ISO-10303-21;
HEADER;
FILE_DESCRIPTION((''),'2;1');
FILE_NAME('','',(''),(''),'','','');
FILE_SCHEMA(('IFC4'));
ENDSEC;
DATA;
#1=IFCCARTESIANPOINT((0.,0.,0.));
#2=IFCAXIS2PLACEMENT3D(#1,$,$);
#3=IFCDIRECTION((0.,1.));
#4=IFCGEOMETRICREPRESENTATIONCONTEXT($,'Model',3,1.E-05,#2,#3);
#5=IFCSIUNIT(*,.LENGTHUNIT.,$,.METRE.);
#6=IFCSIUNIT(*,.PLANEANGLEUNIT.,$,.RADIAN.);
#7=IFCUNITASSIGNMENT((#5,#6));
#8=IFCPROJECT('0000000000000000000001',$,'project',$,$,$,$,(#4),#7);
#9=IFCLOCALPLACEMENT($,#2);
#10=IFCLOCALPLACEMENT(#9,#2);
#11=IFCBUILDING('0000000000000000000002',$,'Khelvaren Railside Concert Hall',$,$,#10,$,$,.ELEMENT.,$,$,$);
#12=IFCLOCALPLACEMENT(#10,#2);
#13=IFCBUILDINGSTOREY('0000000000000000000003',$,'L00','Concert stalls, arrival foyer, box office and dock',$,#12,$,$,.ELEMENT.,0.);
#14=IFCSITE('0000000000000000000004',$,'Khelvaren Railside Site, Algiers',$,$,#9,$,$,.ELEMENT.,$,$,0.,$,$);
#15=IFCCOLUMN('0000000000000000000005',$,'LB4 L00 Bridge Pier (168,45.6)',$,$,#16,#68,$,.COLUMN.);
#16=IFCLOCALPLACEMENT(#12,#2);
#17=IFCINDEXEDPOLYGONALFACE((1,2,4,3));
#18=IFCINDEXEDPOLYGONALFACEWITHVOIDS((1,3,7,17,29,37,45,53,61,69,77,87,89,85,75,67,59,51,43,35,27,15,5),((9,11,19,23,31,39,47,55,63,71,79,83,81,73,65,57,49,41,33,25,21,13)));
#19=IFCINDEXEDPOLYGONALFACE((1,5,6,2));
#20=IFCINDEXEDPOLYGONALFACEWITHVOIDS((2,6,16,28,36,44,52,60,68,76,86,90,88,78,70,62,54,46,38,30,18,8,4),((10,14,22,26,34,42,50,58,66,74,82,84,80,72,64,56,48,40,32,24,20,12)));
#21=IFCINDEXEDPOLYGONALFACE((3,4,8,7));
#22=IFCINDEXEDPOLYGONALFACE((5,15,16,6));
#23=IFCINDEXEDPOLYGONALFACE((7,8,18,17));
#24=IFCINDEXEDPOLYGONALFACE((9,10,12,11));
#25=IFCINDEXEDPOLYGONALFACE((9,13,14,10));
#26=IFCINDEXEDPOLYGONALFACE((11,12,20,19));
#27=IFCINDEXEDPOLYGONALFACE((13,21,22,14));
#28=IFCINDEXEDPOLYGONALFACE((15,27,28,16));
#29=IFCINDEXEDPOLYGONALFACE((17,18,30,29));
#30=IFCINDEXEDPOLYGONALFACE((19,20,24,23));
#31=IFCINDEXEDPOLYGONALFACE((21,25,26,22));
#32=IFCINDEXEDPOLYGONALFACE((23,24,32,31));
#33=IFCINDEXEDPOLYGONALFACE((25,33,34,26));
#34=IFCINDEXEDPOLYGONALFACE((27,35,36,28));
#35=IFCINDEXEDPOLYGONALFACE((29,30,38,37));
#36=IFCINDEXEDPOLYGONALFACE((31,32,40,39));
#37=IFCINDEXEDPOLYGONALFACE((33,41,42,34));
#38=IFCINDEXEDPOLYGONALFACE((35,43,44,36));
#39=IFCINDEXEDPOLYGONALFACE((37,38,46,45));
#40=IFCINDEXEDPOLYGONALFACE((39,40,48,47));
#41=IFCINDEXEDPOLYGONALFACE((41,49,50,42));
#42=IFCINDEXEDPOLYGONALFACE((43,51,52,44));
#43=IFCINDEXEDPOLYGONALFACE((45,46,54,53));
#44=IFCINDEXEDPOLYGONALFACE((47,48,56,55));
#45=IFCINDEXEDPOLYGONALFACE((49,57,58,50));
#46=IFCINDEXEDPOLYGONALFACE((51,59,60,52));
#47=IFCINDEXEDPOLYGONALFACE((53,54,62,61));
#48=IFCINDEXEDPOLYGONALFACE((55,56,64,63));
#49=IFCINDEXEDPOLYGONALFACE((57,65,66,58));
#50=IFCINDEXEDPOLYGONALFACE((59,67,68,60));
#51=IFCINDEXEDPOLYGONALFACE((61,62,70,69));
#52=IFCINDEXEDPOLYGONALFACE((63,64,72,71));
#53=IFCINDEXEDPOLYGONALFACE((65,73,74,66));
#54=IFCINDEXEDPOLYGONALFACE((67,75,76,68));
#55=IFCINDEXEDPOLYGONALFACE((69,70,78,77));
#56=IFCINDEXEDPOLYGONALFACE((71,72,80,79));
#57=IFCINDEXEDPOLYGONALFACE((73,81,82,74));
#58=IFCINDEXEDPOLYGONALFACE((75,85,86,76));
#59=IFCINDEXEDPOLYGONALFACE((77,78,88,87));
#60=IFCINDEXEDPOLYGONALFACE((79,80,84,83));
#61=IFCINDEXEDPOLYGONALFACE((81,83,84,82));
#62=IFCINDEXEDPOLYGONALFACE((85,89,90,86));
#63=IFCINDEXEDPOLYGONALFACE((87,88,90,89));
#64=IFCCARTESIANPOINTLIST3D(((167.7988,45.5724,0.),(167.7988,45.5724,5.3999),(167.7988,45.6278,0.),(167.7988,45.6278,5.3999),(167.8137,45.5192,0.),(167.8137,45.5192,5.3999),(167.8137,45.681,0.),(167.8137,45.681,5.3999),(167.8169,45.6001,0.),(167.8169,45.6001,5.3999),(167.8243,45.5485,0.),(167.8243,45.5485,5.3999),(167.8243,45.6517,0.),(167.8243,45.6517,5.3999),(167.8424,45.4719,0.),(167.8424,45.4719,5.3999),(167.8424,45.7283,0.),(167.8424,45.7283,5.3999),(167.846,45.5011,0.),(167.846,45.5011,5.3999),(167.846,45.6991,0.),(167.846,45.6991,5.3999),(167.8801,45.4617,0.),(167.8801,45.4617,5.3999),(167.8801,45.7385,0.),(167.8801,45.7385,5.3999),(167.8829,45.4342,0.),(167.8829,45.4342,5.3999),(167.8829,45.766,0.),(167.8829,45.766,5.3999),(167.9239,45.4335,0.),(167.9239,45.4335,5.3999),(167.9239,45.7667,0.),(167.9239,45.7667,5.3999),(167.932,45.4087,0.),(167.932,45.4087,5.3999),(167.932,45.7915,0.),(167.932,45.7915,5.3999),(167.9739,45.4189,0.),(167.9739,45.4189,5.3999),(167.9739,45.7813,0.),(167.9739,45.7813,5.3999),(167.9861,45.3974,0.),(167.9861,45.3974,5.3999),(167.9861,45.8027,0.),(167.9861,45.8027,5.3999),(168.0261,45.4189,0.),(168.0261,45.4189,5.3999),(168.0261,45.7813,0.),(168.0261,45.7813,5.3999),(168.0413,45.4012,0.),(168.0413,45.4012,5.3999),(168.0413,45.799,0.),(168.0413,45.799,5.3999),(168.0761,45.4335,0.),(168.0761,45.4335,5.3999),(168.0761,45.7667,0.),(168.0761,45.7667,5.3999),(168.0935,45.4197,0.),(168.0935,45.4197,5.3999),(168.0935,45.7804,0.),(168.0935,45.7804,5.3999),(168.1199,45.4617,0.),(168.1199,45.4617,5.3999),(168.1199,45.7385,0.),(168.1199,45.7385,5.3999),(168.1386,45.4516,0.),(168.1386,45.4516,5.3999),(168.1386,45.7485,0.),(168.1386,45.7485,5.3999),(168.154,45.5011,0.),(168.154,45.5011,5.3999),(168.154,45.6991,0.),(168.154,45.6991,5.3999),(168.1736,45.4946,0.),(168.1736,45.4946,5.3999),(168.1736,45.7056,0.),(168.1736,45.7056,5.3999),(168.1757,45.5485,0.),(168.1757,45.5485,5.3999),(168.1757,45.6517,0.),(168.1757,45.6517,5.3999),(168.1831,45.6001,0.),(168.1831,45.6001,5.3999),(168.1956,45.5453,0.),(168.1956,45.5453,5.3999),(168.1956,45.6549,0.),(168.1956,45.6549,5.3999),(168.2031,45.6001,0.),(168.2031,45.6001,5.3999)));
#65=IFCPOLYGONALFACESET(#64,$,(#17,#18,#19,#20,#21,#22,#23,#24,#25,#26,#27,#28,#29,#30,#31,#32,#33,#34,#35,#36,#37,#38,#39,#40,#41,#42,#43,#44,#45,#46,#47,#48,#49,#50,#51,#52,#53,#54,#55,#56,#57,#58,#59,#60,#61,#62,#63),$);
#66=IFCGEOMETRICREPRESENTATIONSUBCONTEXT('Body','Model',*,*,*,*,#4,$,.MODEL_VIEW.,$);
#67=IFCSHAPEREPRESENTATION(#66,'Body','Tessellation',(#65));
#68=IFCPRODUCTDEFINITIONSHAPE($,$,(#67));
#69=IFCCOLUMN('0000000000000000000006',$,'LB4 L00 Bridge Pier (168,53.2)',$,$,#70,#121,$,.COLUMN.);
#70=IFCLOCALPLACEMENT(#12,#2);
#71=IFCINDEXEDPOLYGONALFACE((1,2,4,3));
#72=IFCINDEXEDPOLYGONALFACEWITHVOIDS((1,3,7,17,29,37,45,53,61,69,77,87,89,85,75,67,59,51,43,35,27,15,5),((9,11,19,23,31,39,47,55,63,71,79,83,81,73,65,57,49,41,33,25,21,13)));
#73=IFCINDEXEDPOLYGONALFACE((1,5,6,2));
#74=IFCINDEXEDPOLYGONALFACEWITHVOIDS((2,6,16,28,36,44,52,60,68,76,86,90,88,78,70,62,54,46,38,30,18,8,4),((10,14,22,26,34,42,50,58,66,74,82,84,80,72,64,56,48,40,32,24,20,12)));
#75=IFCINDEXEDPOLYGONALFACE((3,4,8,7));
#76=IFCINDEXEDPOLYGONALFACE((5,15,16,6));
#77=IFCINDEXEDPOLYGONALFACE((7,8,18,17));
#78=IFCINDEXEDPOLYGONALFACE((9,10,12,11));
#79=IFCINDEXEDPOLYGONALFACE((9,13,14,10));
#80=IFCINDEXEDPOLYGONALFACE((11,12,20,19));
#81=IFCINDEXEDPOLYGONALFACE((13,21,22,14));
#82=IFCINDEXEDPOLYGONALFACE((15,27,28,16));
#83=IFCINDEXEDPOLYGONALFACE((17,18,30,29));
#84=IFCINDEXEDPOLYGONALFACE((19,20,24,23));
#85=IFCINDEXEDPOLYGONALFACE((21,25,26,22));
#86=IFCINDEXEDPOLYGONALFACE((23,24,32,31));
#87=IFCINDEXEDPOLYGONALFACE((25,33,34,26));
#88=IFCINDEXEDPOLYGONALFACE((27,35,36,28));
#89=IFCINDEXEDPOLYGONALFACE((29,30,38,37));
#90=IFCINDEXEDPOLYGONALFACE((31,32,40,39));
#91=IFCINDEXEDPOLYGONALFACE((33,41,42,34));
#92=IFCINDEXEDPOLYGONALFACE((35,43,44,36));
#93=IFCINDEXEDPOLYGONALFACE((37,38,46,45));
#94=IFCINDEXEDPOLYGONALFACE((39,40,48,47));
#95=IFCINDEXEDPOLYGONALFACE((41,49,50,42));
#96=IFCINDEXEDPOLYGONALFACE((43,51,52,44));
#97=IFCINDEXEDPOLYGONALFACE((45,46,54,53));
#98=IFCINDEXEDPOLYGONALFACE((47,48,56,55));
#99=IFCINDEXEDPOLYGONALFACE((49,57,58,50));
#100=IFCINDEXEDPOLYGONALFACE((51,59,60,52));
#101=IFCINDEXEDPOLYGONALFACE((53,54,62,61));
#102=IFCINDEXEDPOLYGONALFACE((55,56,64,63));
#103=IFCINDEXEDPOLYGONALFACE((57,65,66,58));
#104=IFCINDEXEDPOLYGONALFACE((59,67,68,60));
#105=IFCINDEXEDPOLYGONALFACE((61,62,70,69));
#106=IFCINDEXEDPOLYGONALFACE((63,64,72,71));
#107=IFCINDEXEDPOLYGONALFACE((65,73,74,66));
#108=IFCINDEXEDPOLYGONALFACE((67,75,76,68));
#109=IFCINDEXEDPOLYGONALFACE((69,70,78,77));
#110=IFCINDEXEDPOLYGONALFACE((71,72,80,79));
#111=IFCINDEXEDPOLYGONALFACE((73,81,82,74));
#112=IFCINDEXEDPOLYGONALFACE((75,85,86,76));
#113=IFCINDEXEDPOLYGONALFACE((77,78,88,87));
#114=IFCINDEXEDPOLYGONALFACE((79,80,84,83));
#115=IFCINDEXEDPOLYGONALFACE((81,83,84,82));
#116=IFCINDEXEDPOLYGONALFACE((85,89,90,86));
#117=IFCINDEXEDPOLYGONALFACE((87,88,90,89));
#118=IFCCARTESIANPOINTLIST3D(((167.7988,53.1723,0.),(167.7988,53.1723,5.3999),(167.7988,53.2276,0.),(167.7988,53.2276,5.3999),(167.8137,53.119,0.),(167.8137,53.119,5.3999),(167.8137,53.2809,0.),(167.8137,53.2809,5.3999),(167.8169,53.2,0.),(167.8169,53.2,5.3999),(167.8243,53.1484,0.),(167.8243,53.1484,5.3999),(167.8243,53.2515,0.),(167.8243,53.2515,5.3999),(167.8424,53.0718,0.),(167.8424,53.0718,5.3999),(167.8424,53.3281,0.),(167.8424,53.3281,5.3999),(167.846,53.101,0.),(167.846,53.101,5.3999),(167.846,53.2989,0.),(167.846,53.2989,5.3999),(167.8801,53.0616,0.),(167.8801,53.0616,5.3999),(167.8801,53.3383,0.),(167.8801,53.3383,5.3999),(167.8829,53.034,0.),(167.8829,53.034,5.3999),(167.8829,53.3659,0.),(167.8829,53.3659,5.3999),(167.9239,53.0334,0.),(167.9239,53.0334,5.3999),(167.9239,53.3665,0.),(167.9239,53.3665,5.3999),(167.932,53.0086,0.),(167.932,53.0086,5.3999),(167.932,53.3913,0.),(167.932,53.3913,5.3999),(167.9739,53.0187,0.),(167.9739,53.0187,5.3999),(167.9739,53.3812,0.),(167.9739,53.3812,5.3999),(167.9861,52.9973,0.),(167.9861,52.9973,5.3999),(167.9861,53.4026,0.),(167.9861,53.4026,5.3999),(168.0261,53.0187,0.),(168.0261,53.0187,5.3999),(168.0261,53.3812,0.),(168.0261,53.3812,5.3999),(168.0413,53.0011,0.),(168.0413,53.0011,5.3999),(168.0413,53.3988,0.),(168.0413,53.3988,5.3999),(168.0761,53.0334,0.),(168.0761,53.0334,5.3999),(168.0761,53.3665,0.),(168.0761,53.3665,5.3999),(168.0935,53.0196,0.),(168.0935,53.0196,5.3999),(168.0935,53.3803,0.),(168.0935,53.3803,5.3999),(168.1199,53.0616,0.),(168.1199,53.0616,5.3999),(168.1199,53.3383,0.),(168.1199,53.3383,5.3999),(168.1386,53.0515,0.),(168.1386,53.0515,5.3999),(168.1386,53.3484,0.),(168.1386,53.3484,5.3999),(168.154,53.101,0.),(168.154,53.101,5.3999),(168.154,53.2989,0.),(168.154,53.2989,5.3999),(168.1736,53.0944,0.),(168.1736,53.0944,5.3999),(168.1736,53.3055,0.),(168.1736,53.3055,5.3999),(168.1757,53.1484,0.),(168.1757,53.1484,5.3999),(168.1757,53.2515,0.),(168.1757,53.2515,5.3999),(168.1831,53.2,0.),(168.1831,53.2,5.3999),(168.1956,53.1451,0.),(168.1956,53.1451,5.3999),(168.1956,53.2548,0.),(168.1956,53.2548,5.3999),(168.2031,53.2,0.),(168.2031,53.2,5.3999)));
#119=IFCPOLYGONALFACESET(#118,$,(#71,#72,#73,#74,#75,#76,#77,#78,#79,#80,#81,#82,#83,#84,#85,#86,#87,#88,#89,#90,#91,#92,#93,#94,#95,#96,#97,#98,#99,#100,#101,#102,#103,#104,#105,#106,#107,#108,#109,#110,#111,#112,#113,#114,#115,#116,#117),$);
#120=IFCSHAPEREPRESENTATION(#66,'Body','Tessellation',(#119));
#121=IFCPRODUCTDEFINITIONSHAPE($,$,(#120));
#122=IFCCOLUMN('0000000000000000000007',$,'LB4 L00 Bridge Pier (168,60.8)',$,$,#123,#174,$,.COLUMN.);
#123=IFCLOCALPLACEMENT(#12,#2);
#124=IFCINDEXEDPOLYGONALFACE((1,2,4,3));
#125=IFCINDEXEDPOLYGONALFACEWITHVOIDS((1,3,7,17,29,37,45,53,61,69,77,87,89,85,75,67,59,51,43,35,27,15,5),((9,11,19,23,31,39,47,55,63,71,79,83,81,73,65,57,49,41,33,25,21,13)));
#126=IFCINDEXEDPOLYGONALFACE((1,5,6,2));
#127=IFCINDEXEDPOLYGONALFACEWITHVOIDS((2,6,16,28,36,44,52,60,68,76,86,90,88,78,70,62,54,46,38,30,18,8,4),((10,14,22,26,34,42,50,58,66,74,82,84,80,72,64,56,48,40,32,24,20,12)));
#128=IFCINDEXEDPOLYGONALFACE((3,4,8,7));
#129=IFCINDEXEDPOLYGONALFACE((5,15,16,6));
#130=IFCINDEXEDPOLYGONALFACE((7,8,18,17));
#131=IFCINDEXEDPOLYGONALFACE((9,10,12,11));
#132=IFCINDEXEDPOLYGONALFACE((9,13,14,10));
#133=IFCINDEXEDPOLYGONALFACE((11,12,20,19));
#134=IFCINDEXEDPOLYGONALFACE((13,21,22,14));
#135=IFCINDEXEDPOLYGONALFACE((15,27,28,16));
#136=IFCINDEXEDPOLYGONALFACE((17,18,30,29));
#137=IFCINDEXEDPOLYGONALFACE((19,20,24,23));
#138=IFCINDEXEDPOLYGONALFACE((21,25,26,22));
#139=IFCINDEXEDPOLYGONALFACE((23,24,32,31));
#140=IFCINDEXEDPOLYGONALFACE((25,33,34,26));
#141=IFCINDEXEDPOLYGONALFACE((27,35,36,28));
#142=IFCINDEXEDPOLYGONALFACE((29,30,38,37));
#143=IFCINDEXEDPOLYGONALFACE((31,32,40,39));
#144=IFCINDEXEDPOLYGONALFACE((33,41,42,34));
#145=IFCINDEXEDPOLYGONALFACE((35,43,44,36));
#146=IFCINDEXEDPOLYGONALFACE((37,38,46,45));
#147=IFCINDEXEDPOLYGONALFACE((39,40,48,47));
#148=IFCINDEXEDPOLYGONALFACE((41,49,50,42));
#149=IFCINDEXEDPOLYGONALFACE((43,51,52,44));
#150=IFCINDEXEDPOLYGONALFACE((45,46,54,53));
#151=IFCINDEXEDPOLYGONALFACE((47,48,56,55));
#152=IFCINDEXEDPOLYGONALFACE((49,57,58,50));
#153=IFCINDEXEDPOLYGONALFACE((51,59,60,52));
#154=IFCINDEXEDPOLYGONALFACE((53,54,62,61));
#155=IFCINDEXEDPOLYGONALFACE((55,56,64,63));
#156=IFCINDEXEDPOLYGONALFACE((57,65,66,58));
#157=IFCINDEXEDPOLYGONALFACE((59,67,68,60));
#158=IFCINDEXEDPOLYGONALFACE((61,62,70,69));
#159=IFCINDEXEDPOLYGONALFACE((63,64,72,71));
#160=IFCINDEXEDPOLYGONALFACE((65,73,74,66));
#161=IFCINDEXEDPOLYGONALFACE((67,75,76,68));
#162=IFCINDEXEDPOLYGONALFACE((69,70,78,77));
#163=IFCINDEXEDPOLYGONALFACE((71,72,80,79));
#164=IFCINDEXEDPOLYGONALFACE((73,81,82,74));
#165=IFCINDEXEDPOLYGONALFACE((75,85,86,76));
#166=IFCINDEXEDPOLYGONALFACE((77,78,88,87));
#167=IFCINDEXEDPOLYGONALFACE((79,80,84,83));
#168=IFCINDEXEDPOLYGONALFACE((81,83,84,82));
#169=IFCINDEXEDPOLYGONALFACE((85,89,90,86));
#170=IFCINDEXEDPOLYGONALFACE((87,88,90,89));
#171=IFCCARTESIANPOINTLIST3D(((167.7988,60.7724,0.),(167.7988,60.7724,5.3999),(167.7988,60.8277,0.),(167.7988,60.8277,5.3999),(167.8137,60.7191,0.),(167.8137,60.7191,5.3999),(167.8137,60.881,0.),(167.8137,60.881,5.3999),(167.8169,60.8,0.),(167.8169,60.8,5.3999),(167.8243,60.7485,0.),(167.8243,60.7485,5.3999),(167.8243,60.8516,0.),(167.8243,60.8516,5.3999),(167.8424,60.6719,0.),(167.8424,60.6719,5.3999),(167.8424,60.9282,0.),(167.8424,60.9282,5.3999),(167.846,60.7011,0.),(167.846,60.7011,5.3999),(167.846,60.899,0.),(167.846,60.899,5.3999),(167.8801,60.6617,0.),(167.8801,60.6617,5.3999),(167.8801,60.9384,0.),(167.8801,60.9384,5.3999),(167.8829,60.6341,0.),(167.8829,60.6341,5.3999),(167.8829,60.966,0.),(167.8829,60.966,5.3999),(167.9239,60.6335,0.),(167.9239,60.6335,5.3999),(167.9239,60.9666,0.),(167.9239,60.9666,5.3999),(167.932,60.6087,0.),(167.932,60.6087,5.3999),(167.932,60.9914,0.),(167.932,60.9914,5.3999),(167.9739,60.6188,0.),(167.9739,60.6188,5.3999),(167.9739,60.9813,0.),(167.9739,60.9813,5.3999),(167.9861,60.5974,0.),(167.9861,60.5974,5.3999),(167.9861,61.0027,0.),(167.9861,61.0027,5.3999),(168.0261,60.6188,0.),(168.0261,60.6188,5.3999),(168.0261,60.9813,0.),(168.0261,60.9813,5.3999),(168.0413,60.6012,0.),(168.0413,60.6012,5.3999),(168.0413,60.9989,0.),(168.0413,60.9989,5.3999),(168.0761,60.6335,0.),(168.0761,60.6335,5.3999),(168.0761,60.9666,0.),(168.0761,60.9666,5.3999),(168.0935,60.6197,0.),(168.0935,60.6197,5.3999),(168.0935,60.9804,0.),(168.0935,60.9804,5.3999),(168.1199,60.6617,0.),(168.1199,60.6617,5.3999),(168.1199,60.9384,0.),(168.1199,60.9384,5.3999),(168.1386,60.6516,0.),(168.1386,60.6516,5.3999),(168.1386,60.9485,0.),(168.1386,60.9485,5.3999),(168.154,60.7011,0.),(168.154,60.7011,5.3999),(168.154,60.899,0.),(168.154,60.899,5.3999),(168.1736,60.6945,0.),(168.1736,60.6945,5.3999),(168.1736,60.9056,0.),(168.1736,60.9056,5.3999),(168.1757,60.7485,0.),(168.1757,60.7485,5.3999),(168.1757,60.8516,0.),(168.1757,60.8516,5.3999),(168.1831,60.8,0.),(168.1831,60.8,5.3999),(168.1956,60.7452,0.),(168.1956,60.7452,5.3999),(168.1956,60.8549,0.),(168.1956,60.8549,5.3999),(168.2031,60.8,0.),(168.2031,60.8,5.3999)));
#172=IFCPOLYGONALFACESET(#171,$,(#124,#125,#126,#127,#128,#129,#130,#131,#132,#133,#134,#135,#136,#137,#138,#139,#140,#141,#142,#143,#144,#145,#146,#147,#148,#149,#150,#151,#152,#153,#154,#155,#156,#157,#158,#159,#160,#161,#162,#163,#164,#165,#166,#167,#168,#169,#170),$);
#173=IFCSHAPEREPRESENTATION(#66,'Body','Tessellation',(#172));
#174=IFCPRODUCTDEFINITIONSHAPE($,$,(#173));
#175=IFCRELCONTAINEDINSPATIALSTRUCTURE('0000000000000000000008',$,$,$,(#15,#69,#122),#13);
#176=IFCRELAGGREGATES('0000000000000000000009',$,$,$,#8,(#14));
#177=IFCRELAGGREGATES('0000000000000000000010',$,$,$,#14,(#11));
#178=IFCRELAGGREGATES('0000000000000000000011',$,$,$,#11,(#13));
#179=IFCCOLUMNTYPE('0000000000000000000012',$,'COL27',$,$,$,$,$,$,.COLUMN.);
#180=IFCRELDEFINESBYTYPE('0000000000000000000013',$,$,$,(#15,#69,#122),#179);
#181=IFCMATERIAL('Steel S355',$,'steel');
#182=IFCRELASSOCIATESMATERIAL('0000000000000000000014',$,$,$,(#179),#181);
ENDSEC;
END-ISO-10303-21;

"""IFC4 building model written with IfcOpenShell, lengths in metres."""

from ifc_helpers import new_model, si_unit, direction, frame, origin, origin_2d, place, context, subcontext, project, spatial, hollow_circle, extrude, material, material_profile, profile_set, type_object, element, save


model = new_model("IFC4")

# Units and contexts
model_context = context("Model", 3, precision=1e-05, world=origin(), true_north=direction((0.0, 1.0)))
body_context = subcontext(model_context, "Body", "Model", "MODEL_VIEW")
ifc_project = project(units=[si_unit("LENGTHUNIT", "METRE"), si_unit("PLANEANGLEUNIT", "RADIAN")], contexts=[model_context])

# Site, building, storey
site_placement = place(None, origin())
site = spatial("IfcSite", under=ifc_project, at=site_placement, Name="Khelvaren Railside Site, Algiers", CompositionType="ELEMENT", RefElevation=0.0)
building_placement = place(site_placement, origin())
building = spatial("IfcBuilding", under=site, at=building_placement, Name="Khelvaren Railside Concert Hall", CompositionType="ELEMENT")
storey_placement = place(building_placement, origin())
storey = spatial("IfcBuildingStorey", under=building, at=storey_placement, Name="L00", Description="Concert stalls, arrival foyer, box office and dock", CompositionType="ELEMENT", Elevation=0.0)

# Columns
ifc_material_1 = material(Name="Steel S355", Category="steel")
ifc_material_profile_1 = material_profile(ifc_material_1, hollow_circle(Radius=0.2031, WallThickness=0.02, at=origin_2d()), Name="CHS 406.4x20")
ifc_profile_set_1 = profile_set([ifc_material_profile_1], Name="Steel S355")
column_type_1 = type_object("IfcColumnType", Name="COL27", PredefinedType="COLUMN", material=ifc_profile_set_1)
for number, where, z_axis, x_axis, name in (
    (1, (168.0, 45.6001, 0.0), (0.0, 0.0, 1.0), (1.0, 0.0, 0.0), "LB4 L00 Bridge Pier (168,45.6)"),
    (2, (168.0, 53.2, 0.0), (0.0, 0.0, 1.0), (1.0, 0.0, 0.0), "LB4 L00 Bridge Pier (168,53.2)"),
    (3, (168.0, 60.8, 0.0), (0.0, 0.0, 1.0), (1.0, 0.0, 0.0), "LB4 L00 Bridge Pier (168,60.8)"),
):
    element("IfcColumn", number, at=place(storey_placement, frame(where, z_axis=z_axis, x_axis=x_axis)), inside=storey, type_object=column_type_1, Name=name, PredefinedType="COLUMN", context=body_context, shape_type="SweptSolid", body=[
        extrude(hollow_circle(Radius=0.2031, WallThickness=0.02, at=origin_2d()), origin(), (0.0, 0.0, 1.0), 5.3999),
    ])

save(model, "model.ifc")
